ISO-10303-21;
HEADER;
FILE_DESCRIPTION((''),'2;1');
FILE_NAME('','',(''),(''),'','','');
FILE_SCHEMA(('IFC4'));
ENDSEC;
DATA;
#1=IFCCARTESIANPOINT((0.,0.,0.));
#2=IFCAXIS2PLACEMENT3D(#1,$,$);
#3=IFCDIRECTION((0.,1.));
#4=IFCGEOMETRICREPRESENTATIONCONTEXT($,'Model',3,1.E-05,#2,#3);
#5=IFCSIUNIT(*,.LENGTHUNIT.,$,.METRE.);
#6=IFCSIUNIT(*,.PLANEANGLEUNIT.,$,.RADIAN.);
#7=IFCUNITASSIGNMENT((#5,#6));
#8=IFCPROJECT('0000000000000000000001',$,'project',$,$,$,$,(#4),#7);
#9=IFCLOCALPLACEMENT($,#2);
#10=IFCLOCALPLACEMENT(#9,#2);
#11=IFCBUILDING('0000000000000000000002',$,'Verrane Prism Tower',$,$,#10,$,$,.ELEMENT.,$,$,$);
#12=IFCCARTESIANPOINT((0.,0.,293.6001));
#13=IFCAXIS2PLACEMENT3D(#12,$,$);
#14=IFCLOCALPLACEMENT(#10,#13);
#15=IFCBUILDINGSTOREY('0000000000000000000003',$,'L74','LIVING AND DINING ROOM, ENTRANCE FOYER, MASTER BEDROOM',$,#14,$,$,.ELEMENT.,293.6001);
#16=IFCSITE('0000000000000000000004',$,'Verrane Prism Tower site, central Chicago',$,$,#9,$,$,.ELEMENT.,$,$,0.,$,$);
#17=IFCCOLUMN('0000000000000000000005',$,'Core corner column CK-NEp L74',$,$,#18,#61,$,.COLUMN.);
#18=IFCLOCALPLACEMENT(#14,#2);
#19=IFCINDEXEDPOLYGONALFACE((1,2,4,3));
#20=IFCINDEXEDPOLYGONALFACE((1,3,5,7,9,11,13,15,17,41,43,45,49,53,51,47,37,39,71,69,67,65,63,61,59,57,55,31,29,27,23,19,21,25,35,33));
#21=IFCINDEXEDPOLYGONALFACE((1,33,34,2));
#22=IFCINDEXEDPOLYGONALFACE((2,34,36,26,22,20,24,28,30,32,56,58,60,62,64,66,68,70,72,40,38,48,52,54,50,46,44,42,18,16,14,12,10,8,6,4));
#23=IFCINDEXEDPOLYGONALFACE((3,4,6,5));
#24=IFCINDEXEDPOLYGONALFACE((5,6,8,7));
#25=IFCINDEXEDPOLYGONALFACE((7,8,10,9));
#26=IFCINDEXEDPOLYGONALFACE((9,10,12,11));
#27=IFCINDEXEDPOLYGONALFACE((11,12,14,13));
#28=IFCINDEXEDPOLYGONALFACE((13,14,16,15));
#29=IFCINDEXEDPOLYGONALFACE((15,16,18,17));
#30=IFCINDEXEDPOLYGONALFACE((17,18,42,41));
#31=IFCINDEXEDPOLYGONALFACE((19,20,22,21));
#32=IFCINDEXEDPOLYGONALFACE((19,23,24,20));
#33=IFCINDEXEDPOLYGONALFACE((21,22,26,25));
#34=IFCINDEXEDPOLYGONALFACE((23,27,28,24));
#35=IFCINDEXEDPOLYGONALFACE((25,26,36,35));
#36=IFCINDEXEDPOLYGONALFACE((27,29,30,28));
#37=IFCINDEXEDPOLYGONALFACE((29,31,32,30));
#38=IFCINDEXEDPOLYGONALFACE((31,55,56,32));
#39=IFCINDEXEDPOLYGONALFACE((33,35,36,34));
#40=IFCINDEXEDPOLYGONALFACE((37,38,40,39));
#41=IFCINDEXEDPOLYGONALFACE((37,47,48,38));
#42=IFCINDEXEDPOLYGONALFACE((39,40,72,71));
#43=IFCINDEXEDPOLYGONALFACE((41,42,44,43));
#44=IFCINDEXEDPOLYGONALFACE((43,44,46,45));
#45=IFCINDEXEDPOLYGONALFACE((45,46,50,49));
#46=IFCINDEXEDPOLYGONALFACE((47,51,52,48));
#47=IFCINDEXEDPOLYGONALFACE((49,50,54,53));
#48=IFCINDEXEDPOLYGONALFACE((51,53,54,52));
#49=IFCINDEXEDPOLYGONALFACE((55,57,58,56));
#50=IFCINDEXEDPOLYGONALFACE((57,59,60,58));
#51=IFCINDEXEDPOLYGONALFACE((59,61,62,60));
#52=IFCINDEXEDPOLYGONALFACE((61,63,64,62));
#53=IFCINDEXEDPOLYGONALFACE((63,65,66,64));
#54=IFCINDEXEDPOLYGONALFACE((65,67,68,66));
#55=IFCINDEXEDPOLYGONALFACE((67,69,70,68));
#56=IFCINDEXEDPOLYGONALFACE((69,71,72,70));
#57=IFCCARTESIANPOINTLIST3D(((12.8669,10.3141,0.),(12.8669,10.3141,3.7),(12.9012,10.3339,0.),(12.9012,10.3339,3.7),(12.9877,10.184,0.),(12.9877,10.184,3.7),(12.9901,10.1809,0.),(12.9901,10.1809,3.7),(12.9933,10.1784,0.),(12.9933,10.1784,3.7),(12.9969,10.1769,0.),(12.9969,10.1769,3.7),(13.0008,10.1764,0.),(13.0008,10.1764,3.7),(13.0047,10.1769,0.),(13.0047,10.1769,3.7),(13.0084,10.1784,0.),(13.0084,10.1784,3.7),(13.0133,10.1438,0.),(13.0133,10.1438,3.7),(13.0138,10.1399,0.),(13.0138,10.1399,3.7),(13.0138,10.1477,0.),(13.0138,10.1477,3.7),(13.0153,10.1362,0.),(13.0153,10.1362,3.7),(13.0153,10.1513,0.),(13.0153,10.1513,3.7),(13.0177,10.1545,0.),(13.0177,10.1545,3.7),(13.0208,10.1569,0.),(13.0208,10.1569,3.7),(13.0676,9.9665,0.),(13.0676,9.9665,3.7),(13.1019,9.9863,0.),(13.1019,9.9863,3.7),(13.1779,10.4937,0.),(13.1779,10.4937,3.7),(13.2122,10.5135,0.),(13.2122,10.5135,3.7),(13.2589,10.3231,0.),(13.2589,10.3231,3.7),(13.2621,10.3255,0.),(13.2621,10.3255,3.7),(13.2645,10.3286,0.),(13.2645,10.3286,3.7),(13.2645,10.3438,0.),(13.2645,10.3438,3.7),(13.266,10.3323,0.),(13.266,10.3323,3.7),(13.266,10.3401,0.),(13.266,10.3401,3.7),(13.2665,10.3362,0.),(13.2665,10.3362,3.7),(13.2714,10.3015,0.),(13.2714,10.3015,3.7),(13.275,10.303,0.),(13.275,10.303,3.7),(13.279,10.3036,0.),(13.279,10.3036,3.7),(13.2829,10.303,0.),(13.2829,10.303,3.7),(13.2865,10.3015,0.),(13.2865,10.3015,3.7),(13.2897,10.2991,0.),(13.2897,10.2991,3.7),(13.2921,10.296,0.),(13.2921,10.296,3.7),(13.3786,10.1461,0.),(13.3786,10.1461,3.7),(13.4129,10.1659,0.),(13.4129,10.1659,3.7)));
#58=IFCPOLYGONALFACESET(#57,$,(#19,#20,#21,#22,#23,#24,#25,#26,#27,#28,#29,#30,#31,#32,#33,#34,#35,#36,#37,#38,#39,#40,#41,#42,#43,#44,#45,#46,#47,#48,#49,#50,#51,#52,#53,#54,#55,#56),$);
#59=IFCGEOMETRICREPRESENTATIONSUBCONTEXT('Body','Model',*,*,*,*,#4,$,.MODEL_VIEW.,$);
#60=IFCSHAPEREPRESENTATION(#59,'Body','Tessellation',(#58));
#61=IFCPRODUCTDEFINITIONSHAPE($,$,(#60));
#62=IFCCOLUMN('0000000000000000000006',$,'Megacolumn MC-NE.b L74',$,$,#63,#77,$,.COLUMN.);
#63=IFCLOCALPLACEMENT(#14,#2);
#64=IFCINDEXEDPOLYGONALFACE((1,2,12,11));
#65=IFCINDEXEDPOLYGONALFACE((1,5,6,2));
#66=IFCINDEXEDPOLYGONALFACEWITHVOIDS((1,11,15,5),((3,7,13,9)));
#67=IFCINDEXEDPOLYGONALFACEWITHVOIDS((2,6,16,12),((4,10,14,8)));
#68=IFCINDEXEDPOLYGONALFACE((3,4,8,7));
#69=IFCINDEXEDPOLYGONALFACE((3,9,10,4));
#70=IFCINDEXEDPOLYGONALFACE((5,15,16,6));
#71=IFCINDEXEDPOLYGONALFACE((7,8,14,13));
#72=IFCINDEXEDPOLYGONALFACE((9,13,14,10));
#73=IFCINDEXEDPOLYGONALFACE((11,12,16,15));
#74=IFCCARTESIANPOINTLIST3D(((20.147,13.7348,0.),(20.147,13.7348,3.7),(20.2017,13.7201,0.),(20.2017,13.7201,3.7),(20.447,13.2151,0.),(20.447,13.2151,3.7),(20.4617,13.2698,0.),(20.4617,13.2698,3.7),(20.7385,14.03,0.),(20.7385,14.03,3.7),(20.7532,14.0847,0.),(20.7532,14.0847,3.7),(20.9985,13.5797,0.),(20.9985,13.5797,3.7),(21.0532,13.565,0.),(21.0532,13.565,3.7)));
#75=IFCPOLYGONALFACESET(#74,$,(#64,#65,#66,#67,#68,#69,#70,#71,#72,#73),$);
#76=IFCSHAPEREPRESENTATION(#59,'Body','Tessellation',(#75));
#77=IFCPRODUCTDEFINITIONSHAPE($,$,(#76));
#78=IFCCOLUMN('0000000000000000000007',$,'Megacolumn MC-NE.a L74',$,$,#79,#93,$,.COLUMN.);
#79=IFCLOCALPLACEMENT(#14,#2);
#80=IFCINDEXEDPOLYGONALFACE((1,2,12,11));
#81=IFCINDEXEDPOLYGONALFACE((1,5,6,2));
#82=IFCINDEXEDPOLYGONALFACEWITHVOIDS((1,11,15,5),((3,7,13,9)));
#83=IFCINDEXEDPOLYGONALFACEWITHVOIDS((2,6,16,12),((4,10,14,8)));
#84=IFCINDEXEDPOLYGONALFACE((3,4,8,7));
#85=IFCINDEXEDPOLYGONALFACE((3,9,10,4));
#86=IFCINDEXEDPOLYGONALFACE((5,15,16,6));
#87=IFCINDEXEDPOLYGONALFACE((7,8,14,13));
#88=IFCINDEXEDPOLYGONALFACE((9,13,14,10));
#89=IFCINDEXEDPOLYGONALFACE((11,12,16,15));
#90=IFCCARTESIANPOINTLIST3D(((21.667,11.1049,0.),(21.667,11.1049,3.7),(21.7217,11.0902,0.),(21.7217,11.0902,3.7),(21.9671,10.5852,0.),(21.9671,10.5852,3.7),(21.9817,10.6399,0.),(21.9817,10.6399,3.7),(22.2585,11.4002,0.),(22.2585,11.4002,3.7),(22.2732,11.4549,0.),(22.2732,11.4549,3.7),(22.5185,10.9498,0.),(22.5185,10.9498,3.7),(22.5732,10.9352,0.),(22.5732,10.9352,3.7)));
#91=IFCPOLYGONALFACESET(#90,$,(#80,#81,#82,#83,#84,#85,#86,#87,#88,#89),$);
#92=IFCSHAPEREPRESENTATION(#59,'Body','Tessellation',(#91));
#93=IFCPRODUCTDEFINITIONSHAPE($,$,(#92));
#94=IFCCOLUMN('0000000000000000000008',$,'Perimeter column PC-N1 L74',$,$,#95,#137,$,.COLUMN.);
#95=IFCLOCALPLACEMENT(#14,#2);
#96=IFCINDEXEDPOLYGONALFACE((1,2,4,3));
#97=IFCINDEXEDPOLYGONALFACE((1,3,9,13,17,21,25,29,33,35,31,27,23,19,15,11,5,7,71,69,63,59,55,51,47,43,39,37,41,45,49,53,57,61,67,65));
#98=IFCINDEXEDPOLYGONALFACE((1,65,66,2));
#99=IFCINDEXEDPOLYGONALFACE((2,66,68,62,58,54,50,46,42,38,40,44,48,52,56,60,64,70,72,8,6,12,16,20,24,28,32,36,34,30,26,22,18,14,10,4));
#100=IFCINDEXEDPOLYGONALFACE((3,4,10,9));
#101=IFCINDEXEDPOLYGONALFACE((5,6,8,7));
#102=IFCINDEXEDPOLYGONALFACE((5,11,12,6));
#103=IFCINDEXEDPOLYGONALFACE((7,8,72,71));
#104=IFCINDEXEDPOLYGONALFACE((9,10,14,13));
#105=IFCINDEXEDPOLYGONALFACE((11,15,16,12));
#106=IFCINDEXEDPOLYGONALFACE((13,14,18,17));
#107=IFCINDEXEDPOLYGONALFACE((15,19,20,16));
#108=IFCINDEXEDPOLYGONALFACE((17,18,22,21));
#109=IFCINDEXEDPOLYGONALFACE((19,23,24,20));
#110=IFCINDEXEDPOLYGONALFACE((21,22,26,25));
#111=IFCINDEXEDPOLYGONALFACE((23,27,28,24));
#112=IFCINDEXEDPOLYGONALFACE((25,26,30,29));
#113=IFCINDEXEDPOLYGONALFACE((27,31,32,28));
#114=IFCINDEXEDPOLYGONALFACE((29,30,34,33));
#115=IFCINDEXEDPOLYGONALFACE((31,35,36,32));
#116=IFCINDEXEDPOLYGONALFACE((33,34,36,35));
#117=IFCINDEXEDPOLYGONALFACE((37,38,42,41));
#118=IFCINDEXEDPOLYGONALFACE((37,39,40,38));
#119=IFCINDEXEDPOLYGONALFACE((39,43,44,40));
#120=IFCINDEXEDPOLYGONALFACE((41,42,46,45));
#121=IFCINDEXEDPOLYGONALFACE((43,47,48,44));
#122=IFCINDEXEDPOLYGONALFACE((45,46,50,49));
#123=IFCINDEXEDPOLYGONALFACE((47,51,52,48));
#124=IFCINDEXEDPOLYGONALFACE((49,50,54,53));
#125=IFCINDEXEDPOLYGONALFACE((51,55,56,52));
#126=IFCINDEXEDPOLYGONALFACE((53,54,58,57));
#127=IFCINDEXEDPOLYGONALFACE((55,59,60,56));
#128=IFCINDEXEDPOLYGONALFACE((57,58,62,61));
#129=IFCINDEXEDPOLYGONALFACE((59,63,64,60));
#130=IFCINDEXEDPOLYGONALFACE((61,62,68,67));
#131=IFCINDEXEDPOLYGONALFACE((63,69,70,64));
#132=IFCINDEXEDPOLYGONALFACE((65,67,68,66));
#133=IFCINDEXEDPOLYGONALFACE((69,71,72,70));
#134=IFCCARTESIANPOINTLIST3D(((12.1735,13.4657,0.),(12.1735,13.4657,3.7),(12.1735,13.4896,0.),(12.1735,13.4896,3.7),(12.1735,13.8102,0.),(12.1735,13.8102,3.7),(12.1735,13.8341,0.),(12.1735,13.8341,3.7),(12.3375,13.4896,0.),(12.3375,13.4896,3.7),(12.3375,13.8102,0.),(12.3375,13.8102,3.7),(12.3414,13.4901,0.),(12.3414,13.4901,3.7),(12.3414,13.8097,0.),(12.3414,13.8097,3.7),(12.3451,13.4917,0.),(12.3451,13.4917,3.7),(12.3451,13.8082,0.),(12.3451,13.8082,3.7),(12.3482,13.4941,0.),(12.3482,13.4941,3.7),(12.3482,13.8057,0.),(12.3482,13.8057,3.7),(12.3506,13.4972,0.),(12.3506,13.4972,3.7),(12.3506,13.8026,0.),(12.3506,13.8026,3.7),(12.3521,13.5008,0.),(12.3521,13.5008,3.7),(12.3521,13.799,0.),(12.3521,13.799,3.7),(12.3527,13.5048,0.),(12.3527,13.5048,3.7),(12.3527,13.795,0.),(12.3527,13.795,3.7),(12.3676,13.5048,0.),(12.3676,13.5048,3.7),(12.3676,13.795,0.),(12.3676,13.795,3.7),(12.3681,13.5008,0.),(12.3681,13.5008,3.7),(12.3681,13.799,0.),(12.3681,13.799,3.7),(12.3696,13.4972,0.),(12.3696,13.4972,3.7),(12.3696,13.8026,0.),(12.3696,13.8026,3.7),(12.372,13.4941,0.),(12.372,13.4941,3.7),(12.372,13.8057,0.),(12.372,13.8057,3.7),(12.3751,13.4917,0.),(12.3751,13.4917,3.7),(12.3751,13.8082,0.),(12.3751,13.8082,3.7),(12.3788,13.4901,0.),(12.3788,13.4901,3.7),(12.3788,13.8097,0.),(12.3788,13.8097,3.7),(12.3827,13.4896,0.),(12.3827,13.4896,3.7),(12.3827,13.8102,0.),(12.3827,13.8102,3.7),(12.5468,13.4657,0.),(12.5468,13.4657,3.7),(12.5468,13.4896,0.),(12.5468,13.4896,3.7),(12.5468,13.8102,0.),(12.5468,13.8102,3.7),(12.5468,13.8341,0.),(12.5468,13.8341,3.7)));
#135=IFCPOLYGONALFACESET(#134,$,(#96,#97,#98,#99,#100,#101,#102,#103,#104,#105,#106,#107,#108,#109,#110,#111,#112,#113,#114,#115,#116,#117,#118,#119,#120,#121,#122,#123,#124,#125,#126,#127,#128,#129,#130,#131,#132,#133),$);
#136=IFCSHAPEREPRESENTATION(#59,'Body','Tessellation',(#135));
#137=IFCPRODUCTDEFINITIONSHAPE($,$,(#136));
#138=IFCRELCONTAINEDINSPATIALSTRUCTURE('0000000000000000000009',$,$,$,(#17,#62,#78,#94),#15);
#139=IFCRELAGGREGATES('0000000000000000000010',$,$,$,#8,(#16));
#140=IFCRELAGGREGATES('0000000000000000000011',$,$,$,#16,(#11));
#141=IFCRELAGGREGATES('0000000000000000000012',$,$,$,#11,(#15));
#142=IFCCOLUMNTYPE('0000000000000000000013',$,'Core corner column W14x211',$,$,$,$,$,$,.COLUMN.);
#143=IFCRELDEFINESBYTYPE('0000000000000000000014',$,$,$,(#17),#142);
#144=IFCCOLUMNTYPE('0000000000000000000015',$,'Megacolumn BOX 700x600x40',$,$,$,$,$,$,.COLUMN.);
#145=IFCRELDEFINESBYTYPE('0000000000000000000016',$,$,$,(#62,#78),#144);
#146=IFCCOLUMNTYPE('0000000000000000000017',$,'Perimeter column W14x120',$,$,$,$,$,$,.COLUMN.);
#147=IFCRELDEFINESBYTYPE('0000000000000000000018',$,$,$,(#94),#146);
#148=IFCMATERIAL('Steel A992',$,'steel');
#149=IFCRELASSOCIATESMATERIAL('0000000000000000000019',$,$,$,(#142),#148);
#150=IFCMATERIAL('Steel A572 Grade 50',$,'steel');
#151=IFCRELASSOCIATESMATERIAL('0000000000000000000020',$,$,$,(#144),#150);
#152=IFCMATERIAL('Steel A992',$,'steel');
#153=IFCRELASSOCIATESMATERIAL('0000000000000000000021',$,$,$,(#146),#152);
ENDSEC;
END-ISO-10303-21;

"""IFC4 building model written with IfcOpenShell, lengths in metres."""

from ifc_helpers import new_model, si_unit, direction, frame, origin, origin_2d, place, context, subcontext, project, spatial, hollow_rectangle, i_section, extrude, material, material_profile, profile_set, type_object, element, save


model = new_model("IFC4")

# Units and contexts
model_context = context("Model", 3, precision=1e-05, world=origin(), true_north=direction((0.0, 1.0)))
body_context = subcontext(model_context, "Body", "Model", "MODEL_VIEW")
ifc_project = project(units=[si_unit("LENGTHUNIT", "METRE"), si_unit("PLANEANGLEUNIT", "RADIAN")], contexts=[model_context])

# Site, building, storey
site_placement = place(None, origin())
site = spatial("IfcSite", under=ifc_project, at=site_placement, Name="Verrane Prism Tower site, central Chicago", CompositionType="ELEMENT", RefElevation=0.0)
building_placement = place(site_placement, origin())
building = spatial("IfcBuilding", under=site, at=building_placement, Name="Verrane Prism Tower", CompositionType="ELEMENT")
storey_placement = place(building_placement, frame((0.0, 0.0, 293.6001)))
storey = spatial("IfcBuildingStorey", under=building, at=storey_placement, Name="L74", Description="LIVING AND DINING ROOM, ENTRANCE FOYER, MASTER BEDROOM", CompositionType="ELEMENT", Elevation=293.6001)

# Columns
ifc_material_1 = material(Name="Steel A992", Category="steel")
ifc_material_profile_1 = material_profile(ifc_material_1, i_section(OverallWidth=0.4014, OverallDepth=0.3987, WebThickness=0.0249, FlangeThickness=0.0396, FilletRadius=0.0151, at=origin_2d()), Name="W14x211")
ifc_profile_set_1 = profile_set([ifc_material_profile_1], Name="Steel A992")
column_type_1 = type_object("IfcColumnType", Name="Core corner column W14x211", PredefinedType="COLUMN", material=ifc_profile_set_1)
column_1_placement = place(storey_placement, frame((13.1399, 10.24, 0.0), z_axis=(0.0, 0.0, 1.0), x_axis=(0.5, -0.866025, 0.0)))
element("IfcColumn", 1, at=column_1_placement, inside=storey, type_object=column_type_1, Name="Core corner column CK-NEp L74", PredefinedType="COLUMN", context=body_context, shape_type="SweptSolid", body=[
    extrude(i_section(OverallWidth=0.4014, OverallDepth=0.3987, WebThickness=0.0249, FlangeThickness=0.0396, FilletRadius=0.0151, at=origin_2d()), origin(), (0.0, 0.0, 1.0), 3.7),
])
ifc_material_2 = material(Name="Steel A572 Grade 50", Category="steel")
ifc_material_profile_2 = material_profile(ifc_material_2, hollow_rectangle(XDim=0.6001, YDim=0.7, WallThickness=0.04, at=origin_2d()), Name="BOX 700x600x40")
ifc_profile_set_2 = profile_set([ifc_material_profile_2], Name="Steel A572 Grade 50")
column_type_2 = type_object("IfcColumnType", Name="Megacolumn BOX 700x600x40", PredefinedType="COLUMN", material=ifc_profile_set_2)
for number, where, z_axis, x_axis, name in (
    (2, (20.6001, 13.6499, 0.0), (0.0, 0.0, 1.0), (0.5, -0.866025, 0.0), "Megacolumn MC-NE.b L74"),
    (3, (22.1201, 11.02, 0.0), (0.0, 0.0, 1.0), (0.5, -0.866025, 0.0), "Megacolumn MC-NE.a L74"),
):
    element("IfcColumn", number, at=place(storey_placement, frame(where, z_axis=z_axis, x_axis=x_axis)), inside=storey, type_object=column_type_2, Name=name, PredefinedType="COLUMN", context=body_context, shape_type="SweptSolid", body=[
        extrude(hollow_rectangle(XDim=0.6001, YDim=0.7, WallThickness=0.04, at=origin_2d()), origin(), (0.0, 0.0, 1.0), 3.7),
    ])
ifc_material_3 = material(Name="Steel A992", Category="steel")
ifc_material_profile_3 = material_profile(ifc_material_3, i_section(OverallWidth=0.3733, OverallDepth=0.3684, WebThickness=0.0149, FlangeThickness=0.0239, FilletRadius=0.0151, at=origin_2d()), Name="W14x120")
ifc_profile_set_3 = profile_set([ifc_material_profile_3], Name="Steel A992")
column_type_3 = type_object("IfcColumnType", Name="Perimeter column W14x120", PredefinedType="COLUMN", material=ifc_profile_set_3)
column_2_placement = place(storey_placement, frame((12.3601, 13.6499, 0.0), z_axis=(0.0, 0.0, 1.0), x_axis=(1.0, 0.0, 0.0)))
element("IfcColumn", 4, at=column_2_placement, inside=storey, type_object=column_type_3, Name="Perimeter column PC-N1 L74", PredefinedType="COLUMN", context=body_context, shape_type="SweptSolid", body=[
    extrude(i_section(OverallWidth=0.3733, OverallDepth=0.3684, WebThickness=0.0149, FlangeThickness=0.0239, FilletRadius=0.0151, at=origin_2d()), origin(), (0.0, 0.0, 1.0), 3.7),
])

save(model, "model.ifc")
